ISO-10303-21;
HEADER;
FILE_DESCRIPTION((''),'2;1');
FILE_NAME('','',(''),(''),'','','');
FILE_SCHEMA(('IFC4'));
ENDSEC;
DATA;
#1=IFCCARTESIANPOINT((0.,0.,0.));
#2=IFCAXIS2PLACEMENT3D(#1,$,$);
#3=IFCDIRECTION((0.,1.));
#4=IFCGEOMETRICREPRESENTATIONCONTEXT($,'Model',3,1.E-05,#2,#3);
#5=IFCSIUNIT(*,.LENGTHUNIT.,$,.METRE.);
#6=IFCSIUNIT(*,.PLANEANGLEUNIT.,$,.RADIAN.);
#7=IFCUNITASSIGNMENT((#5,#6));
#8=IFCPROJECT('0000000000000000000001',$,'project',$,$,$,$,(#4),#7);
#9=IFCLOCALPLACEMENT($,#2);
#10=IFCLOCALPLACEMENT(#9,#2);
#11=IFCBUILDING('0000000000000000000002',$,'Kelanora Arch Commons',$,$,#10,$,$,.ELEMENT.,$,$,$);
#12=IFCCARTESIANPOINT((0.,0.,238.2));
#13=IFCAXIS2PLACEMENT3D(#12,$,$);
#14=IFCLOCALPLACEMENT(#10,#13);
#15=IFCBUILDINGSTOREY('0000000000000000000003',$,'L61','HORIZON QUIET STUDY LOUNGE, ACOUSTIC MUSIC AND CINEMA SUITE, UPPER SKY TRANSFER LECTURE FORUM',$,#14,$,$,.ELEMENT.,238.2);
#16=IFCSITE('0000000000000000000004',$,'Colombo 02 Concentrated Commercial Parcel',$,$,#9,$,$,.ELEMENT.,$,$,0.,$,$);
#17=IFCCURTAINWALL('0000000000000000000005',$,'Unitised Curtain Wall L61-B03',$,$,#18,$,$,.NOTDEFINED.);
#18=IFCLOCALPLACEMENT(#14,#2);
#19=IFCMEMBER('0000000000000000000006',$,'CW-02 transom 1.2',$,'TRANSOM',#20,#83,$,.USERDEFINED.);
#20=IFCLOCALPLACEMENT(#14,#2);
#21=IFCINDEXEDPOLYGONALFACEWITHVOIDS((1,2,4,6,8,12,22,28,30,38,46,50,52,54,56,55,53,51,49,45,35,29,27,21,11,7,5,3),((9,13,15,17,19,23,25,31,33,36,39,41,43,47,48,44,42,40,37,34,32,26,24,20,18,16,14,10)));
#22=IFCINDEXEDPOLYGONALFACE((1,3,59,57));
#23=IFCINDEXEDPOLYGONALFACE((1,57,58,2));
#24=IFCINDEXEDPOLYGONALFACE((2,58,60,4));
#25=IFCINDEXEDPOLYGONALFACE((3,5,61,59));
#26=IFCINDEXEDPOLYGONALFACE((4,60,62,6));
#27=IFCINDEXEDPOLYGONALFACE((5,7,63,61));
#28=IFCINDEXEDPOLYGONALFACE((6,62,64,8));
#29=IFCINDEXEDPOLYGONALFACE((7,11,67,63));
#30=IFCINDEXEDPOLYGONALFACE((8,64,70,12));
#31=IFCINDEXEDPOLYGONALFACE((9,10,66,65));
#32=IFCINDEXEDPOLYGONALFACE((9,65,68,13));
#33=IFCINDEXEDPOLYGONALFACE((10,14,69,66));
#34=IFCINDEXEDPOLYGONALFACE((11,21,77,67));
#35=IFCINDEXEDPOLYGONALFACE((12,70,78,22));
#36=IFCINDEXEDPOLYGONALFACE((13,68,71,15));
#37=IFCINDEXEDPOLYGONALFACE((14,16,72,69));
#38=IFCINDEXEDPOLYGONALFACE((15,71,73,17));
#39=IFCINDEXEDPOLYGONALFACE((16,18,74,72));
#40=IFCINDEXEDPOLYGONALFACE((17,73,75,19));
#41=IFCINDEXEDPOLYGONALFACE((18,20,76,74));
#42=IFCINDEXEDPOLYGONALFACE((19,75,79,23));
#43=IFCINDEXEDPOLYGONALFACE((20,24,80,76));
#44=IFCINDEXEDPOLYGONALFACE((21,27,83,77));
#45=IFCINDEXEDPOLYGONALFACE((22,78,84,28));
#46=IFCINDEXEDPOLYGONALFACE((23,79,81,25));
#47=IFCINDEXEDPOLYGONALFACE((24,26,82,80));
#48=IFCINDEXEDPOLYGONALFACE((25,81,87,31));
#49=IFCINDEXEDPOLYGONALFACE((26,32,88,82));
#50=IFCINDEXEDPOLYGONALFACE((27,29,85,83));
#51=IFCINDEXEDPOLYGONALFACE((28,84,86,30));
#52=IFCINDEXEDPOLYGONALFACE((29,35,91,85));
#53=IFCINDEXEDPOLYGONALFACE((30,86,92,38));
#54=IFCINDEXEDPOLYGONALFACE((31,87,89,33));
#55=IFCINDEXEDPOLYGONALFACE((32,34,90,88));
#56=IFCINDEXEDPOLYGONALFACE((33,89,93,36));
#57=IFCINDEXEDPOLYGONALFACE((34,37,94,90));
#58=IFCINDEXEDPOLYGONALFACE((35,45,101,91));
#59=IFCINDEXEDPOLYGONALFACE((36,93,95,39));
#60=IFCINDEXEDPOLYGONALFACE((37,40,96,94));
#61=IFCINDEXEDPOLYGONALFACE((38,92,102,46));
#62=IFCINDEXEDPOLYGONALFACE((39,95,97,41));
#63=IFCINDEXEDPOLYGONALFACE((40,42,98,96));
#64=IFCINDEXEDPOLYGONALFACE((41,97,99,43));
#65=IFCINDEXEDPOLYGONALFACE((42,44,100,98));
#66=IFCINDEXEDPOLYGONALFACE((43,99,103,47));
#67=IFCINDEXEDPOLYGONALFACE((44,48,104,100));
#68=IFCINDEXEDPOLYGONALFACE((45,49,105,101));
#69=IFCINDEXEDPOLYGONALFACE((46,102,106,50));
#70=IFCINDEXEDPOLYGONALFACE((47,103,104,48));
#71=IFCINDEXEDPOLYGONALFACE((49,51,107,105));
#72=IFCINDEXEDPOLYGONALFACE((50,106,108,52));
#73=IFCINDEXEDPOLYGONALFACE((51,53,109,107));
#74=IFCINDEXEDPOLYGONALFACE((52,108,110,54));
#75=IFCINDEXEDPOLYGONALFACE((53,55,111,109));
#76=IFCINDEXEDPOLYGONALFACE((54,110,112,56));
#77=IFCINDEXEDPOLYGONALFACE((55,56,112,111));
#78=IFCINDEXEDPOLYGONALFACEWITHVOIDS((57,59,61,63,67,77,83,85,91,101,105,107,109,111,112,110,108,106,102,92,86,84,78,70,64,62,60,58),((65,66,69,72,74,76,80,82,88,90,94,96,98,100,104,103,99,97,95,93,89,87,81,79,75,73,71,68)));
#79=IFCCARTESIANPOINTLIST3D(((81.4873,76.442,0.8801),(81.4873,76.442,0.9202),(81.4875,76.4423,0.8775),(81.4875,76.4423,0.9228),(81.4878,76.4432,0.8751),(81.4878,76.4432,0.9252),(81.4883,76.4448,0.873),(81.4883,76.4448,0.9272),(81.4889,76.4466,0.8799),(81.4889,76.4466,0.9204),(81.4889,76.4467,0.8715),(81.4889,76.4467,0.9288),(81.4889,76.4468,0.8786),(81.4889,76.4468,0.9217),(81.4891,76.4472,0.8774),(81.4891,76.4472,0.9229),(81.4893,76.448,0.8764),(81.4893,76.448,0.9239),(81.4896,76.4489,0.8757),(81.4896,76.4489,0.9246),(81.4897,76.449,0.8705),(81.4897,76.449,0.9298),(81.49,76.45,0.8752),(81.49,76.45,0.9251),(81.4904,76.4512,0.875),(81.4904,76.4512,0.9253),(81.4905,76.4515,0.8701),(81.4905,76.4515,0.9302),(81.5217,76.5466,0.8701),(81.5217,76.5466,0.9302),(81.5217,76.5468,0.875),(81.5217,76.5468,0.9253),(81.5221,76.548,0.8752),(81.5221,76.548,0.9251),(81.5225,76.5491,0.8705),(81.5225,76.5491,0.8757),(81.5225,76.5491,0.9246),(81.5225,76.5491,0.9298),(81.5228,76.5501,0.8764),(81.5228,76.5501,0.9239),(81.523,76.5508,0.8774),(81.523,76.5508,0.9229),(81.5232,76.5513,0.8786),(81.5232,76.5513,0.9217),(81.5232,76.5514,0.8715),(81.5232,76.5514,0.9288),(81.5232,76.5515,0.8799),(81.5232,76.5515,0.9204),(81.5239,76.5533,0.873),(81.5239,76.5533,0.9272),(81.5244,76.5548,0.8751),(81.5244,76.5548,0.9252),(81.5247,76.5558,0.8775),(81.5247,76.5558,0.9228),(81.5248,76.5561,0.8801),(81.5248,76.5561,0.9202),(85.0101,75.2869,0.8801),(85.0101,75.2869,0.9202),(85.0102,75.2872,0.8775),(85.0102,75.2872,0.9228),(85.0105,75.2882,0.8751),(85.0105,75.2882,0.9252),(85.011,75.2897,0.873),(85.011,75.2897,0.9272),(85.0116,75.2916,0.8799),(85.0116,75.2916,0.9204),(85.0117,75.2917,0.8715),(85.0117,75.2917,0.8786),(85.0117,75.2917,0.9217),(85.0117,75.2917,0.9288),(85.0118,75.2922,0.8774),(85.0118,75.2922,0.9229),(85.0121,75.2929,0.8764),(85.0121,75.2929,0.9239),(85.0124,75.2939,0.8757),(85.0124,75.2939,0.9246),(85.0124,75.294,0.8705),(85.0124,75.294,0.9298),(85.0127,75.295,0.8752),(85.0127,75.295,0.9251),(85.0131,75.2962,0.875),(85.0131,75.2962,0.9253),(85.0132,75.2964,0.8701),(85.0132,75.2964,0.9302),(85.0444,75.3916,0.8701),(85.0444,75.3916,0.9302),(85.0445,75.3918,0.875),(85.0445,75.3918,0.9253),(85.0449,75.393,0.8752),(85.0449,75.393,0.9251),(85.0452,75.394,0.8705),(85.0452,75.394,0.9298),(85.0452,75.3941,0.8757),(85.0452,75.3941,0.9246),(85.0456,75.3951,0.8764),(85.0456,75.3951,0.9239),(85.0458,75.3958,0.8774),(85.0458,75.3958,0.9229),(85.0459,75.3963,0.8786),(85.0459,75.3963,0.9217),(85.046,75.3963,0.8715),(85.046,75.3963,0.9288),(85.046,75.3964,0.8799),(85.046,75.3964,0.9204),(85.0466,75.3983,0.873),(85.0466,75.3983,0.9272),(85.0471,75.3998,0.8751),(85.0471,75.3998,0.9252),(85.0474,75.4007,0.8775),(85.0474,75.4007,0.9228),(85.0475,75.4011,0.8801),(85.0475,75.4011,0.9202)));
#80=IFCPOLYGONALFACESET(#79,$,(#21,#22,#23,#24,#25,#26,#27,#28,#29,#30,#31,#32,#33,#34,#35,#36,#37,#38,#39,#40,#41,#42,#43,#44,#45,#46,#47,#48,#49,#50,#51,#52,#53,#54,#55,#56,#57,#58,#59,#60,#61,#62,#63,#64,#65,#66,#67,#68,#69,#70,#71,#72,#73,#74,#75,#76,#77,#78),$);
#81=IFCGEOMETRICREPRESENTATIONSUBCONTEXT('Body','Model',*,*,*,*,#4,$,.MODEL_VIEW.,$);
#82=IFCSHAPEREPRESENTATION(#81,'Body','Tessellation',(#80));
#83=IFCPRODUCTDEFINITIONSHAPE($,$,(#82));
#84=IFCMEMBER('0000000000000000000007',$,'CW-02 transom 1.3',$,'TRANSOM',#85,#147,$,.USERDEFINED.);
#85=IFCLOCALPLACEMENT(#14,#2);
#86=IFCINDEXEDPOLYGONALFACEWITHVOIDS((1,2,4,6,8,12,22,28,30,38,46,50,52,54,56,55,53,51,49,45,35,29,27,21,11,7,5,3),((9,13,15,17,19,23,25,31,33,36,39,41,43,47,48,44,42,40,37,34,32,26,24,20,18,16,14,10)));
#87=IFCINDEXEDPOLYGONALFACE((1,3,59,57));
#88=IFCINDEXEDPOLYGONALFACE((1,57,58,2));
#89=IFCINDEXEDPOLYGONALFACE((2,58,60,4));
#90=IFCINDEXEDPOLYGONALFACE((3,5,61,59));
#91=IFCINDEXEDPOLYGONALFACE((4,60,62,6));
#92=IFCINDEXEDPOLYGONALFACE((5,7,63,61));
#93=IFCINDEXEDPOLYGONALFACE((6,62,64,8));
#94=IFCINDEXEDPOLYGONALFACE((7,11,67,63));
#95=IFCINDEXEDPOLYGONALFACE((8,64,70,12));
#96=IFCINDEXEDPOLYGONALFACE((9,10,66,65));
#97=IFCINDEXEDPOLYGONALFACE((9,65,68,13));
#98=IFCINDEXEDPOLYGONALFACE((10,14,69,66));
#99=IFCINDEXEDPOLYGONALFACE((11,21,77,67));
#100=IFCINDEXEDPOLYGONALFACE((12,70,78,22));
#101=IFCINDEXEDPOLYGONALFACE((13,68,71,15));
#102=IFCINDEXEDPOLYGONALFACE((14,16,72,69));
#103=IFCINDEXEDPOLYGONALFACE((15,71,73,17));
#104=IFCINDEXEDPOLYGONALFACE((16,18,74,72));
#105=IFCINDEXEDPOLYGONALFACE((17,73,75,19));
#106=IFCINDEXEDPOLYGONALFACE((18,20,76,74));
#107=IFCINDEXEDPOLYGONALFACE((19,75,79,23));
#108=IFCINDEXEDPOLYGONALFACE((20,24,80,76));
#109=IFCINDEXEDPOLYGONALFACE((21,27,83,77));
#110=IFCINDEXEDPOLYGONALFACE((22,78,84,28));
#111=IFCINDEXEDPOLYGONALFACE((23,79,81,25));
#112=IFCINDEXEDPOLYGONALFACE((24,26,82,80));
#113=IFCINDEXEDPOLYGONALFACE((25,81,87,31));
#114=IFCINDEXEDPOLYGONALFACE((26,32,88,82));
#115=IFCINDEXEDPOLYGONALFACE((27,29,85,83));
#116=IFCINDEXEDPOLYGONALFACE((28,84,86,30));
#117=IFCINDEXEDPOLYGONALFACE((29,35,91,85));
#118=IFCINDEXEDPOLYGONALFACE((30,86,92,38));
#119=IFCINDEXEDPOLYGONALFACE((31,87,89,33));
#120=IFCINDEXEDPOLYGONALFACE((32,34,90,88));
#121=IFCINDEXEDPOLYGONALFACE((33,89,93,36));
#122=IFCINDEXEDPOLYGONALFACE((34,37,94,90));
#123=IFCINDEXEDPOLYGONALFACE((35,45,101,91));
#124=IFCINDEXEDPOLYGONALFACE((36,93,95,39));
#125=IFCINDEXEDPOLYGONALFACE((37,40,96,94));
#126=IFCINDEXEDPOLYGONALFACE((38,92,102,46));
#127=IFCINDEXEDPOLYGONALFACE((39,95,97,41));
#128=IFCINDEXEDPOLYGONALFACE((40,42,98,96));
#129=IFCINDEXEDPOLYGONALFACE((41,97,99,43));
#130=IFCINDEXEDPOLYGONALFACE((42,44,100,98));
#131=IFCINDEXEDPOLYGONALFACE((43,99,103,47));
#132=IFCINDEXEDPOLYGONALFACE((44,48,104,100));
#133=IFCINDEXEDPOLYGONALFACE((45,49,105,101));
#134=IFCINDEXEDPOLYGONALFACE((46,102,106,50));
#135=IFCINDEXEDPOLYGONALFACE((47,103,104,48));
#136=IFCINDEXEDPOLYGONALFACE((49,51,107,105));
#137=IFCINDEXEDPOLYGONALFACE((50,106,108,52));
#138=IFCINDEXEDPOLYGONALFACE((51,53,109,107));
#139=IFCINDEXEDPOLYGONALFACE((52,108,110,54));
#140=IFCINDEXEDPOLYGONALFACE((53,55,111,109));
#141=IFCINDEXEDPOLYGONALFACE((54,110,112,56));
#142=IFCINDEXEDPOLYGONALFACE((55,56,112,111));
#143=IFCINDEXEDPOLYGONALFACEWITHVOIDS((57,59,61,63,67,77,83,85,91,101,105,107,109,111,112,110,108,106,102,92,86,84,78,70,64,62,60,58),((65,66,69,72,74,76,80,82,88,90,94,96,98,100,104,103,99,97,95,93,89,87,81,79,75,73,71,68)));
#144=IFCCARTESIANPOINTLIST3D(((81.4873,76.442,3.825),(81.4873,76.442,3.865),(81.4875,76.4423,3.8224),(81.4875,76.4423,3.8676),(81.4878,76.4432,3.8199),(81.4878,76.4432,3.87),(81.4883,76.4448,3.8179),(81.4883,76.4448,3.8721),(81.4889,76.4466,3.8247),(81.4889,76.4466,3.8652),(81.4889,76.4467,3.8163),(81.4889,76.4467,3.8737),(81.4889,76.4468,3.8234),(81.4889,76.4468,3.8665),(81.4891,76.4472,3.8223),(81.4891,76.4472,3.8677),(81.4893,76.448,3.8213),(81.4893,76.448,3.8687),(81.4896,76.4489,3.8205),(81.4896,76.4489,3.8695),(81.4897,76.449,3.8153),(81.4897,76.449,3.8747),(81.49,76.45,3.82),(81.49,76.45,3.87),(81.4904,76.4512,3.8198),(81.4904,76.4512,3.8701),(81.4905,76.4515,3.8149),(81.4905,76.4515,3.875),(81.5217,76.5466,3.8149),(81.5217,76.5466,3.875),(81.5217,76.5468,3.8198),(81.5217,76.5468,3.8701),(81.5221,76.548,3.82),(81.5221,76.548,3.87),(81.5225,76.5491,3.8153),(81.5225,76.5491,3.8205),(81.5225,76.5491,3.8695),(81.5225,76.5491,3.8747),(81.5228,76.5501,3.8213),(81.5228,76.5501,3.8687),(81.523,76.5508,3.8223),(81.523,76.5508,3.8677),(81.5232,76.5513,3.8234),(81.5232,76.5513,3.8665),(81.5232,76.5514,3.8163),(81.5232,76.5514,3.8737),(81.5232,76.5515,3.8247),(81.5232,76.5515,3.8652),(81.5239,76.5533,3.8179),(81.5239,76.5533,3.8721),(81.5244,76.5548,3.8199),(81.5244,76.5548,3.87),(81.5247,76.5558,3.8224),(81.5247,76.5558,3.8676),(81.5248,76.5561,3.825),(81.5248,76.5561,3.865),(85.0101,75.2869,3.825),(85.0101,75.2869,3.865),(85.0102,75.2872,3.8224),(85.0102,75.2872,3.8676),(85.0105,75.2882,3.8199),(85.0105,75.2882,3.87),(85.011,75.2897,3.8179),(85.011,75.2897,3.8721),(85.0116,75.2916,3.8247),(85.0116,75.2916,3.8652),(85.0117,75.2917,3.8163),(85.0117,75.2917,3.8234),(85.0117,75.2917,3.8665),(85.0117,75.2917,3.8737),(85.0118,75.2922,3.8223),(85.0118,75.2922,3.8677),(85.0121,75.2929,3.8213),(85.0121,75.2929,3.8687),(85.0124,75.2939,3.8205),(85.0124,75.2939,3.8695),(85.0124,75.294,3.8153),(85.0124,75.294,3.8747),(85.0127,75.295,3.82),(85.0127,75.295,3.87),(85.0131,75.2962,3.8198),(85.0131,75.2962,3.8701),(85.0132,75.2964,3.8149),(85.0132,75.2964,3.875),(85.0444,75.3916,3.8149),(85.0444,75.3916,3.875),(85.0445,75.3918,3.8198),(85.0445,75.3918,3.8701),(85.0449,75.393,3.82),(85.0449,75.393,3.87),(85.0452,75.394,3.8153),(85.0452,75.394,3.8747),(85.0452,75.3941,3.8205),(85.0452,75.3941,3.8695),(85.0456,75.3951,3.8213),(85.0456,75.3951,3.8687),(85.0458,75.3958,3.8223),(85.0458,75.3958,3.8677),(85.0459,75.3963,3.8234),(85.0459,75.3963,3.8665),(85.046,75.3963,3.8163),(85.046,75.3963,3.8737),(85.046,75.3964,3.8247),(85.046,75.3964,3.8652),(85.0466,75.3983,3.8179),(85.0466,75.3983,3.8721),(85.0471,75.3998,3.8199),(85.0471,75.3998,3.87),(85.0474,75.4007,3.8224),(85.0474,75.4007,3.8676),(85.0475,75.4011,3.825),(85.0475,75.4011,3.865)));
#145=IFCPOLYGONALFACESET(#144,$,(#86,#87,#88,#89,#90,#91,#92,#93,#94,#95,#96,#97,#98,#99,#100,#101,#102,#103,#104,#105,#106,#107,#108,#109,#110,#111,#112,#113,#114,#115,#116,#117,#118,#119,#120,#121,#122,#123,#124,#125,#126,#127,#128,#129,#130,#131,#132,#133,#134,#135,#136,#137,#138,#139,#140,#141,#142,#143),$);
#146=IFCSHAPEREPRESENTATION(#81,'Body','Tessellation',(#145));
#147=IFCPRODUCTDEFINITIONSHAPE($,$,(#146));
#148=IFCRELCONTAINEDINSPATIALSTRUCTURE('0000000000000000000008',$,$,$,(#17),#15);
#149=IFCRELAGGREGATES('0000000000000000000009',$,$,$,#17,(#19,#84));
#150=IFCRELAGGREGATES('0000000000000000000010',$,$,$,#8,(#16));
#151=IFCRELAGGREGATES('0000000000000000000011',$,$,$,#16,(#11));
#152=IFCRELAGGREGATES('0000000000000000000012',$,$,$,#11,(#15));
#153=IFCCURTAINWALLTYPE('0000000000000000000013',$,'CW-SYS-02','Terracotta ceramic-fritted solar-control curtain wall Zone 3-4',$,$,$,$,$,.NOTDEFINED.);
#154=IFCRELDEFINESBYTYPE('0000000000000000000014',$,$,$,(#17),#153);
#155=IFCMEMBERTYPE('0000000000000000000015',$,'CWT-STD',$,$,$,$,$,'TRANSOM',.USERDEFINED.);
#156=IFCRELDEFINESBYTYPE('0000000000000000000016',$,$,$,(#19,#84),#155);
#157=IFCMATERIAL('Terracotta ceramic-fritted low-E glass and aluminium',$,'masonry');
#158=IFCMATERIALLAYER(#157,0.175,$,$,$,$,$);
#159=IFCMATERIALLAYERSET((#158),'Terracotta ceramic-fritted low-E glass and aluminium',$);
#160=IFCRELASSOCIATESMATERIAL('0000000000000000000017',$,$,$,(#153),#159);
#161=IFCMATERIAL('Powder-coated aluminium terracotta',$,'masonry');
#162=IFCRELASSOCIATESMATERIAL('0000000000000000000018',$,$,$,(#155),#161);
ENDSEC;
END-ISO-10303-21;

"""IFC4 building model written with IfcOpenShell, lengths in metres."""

from ifc_helpers import new_model, si_unit, direction, frame, origin, origin_2d, place, context, subcontext, project, spatial, hollow_rectangle, extrude, material, layer, layer_set, material_profile, profile_set, type_object, element, aggregate, save


model = new_model("IFC4")

# Units and contexts
model_context = context("Model", 3, precision=1e-05, world=origin(), true_north=direction((0.0, 1.0)))
body_context = subcontext(model_context, "Body", "Model", "MODEL_VIEW")
ifc_project = project(units=[si_unit("LENGTHUNIT", "METRE"), si_unit("PLANEANGLEUNIT", "RADIAN")], contexts=[model_context])

# Site, building, storey
site_placement = place(None, origin())
site = spatial("IfcSite", under=ifc_project, at=site_placement, Name="Colombo 02 Concentrated Commercial Parcel", CompositionType="ELEMENT", RefElevation=0.0)
building_placement = place(site_placement, origin())
building = spatial("IfcBuilding", under=site, at=building_placement, Name="Kelanora Arch Commons", CompositionType="ELEMENT")
storey_placement = place(building_placement, frame((0.0, 0.0, 238.2)))
storey = spatial("IfcBuildingStorey", under=building, at=storey_placement, Name="L61", Description="HORIZON QUIET STUDY LOUNGE, ACOUSTIC MUSIC AND CINEMA SUITE, UPPER SKY TRANSFER LECTURE FORUM", CompositionType="ELEMENT", Elevation=238.2)

# Shared definitions
ifc_material_1 = material(Name="Terracotta ceramic-fritted low-E glass and aluminium", Category="masonry")
ifc_layer_1 = layer(ifc_material_1, 0.175)
ifc_layer_set_1 = layer_set([ifc_layer_1], Name="Terracotta ceramic-fritted low-E glass and aluminium")
curtain_wall_type = type_object("IfcCurtainWallType", Name="CW-SYS-02", Description="Terracotta ceramic-fritted solar-control curtain wall Zone 3-4", PredefinedType="NOTDEFINED", material=ifc_layer_set_1)
ifc_material_2 = material(Name="Powder-coated aluminium terracotta", Category="masonry")

# Curtain wall, members
curtain_wall_1_placement = place(storey_placement, origin())
curtain_wall_1 = element("IfcCurtainWall", 1, at=curtain_wall_1_placement, inside=storey, type_object=curtain_wall_type, Name="Unitised Curtain Wall L61-B03", PredefinedType="NOTDEFINED")
ifc_material_profile_1 = material_profile(ifc_material_2, hollow_rectangle(XDim=0.1201, YDim=0.0601, WallThickness=0.0049, InnerFilletRadius=0.0049, OuterFilletRadius=0.01, at=origin_2d()), Name="CWT120x60")
ifc_profile_set_1 = profile_set([ifc_material_profile_1], Name="Powder-coated aluminium terracotta")
member_type_1 = type_object("IfcMemberType", Name="CWT-STD", ElementType="TRANSOM", PredefinedType="USERDEFINED", material=ifc_profile_set_1)
member_1_placement = place(storey_placement, frame((85.0288, 75.344, 0.9001), z_axis=(-0.950226, 0.311561, 0.0), x_axis=(-0.311561, -0.950226, 0.0)))
member_1 = element("IfcMember", 2, at=member_1_placement, type_object=member_type_1, Name="CW-02 transom 1.2", ObjectType="TRANSOM", PredefinedType="USERDEFINED", context=body_context, shape_type="SweptSolid", body=[
    extrude(hollow_rectangle(XDim=0.1201, YDim=0.0601, WallThickness=0.0049, InnerFilletRadius=0.0049, OuterFilletRadius=0.01, at=origin_2d()), origin(), (0.0, 0.0, 1.0), 3.7073),
])
member_2_placement = place(storey_placement, frame((85.0288, 75.344, 3.845), z_axis=(-0.950226, 0.311561, 0.0), x_axis=(-0.311561, -0.950226, 0.0)))
member_2 = element("IfcMember", 3, at=member_2_placement, type_object=member_type_1, Name="CW-02 transom 1.3", ObjectType="TRANSOM", PredefinedType="USERDEFINED", context=body_context, shape_type="SweptSolid", body=[
    extrude(hollow_rectangle(XDim=0.1201, YDim=0.0601, WallThickness=0.0049, InnerFilletRadius=0.0049, OuterFilletRadius=0.01, at=origin_2d()), origin(), (0.0, 0.0, 1.0), 3.7073),
])
aggregate(curtain_wall_1, [member_1, member_2])

save(model, "model.ifc")
